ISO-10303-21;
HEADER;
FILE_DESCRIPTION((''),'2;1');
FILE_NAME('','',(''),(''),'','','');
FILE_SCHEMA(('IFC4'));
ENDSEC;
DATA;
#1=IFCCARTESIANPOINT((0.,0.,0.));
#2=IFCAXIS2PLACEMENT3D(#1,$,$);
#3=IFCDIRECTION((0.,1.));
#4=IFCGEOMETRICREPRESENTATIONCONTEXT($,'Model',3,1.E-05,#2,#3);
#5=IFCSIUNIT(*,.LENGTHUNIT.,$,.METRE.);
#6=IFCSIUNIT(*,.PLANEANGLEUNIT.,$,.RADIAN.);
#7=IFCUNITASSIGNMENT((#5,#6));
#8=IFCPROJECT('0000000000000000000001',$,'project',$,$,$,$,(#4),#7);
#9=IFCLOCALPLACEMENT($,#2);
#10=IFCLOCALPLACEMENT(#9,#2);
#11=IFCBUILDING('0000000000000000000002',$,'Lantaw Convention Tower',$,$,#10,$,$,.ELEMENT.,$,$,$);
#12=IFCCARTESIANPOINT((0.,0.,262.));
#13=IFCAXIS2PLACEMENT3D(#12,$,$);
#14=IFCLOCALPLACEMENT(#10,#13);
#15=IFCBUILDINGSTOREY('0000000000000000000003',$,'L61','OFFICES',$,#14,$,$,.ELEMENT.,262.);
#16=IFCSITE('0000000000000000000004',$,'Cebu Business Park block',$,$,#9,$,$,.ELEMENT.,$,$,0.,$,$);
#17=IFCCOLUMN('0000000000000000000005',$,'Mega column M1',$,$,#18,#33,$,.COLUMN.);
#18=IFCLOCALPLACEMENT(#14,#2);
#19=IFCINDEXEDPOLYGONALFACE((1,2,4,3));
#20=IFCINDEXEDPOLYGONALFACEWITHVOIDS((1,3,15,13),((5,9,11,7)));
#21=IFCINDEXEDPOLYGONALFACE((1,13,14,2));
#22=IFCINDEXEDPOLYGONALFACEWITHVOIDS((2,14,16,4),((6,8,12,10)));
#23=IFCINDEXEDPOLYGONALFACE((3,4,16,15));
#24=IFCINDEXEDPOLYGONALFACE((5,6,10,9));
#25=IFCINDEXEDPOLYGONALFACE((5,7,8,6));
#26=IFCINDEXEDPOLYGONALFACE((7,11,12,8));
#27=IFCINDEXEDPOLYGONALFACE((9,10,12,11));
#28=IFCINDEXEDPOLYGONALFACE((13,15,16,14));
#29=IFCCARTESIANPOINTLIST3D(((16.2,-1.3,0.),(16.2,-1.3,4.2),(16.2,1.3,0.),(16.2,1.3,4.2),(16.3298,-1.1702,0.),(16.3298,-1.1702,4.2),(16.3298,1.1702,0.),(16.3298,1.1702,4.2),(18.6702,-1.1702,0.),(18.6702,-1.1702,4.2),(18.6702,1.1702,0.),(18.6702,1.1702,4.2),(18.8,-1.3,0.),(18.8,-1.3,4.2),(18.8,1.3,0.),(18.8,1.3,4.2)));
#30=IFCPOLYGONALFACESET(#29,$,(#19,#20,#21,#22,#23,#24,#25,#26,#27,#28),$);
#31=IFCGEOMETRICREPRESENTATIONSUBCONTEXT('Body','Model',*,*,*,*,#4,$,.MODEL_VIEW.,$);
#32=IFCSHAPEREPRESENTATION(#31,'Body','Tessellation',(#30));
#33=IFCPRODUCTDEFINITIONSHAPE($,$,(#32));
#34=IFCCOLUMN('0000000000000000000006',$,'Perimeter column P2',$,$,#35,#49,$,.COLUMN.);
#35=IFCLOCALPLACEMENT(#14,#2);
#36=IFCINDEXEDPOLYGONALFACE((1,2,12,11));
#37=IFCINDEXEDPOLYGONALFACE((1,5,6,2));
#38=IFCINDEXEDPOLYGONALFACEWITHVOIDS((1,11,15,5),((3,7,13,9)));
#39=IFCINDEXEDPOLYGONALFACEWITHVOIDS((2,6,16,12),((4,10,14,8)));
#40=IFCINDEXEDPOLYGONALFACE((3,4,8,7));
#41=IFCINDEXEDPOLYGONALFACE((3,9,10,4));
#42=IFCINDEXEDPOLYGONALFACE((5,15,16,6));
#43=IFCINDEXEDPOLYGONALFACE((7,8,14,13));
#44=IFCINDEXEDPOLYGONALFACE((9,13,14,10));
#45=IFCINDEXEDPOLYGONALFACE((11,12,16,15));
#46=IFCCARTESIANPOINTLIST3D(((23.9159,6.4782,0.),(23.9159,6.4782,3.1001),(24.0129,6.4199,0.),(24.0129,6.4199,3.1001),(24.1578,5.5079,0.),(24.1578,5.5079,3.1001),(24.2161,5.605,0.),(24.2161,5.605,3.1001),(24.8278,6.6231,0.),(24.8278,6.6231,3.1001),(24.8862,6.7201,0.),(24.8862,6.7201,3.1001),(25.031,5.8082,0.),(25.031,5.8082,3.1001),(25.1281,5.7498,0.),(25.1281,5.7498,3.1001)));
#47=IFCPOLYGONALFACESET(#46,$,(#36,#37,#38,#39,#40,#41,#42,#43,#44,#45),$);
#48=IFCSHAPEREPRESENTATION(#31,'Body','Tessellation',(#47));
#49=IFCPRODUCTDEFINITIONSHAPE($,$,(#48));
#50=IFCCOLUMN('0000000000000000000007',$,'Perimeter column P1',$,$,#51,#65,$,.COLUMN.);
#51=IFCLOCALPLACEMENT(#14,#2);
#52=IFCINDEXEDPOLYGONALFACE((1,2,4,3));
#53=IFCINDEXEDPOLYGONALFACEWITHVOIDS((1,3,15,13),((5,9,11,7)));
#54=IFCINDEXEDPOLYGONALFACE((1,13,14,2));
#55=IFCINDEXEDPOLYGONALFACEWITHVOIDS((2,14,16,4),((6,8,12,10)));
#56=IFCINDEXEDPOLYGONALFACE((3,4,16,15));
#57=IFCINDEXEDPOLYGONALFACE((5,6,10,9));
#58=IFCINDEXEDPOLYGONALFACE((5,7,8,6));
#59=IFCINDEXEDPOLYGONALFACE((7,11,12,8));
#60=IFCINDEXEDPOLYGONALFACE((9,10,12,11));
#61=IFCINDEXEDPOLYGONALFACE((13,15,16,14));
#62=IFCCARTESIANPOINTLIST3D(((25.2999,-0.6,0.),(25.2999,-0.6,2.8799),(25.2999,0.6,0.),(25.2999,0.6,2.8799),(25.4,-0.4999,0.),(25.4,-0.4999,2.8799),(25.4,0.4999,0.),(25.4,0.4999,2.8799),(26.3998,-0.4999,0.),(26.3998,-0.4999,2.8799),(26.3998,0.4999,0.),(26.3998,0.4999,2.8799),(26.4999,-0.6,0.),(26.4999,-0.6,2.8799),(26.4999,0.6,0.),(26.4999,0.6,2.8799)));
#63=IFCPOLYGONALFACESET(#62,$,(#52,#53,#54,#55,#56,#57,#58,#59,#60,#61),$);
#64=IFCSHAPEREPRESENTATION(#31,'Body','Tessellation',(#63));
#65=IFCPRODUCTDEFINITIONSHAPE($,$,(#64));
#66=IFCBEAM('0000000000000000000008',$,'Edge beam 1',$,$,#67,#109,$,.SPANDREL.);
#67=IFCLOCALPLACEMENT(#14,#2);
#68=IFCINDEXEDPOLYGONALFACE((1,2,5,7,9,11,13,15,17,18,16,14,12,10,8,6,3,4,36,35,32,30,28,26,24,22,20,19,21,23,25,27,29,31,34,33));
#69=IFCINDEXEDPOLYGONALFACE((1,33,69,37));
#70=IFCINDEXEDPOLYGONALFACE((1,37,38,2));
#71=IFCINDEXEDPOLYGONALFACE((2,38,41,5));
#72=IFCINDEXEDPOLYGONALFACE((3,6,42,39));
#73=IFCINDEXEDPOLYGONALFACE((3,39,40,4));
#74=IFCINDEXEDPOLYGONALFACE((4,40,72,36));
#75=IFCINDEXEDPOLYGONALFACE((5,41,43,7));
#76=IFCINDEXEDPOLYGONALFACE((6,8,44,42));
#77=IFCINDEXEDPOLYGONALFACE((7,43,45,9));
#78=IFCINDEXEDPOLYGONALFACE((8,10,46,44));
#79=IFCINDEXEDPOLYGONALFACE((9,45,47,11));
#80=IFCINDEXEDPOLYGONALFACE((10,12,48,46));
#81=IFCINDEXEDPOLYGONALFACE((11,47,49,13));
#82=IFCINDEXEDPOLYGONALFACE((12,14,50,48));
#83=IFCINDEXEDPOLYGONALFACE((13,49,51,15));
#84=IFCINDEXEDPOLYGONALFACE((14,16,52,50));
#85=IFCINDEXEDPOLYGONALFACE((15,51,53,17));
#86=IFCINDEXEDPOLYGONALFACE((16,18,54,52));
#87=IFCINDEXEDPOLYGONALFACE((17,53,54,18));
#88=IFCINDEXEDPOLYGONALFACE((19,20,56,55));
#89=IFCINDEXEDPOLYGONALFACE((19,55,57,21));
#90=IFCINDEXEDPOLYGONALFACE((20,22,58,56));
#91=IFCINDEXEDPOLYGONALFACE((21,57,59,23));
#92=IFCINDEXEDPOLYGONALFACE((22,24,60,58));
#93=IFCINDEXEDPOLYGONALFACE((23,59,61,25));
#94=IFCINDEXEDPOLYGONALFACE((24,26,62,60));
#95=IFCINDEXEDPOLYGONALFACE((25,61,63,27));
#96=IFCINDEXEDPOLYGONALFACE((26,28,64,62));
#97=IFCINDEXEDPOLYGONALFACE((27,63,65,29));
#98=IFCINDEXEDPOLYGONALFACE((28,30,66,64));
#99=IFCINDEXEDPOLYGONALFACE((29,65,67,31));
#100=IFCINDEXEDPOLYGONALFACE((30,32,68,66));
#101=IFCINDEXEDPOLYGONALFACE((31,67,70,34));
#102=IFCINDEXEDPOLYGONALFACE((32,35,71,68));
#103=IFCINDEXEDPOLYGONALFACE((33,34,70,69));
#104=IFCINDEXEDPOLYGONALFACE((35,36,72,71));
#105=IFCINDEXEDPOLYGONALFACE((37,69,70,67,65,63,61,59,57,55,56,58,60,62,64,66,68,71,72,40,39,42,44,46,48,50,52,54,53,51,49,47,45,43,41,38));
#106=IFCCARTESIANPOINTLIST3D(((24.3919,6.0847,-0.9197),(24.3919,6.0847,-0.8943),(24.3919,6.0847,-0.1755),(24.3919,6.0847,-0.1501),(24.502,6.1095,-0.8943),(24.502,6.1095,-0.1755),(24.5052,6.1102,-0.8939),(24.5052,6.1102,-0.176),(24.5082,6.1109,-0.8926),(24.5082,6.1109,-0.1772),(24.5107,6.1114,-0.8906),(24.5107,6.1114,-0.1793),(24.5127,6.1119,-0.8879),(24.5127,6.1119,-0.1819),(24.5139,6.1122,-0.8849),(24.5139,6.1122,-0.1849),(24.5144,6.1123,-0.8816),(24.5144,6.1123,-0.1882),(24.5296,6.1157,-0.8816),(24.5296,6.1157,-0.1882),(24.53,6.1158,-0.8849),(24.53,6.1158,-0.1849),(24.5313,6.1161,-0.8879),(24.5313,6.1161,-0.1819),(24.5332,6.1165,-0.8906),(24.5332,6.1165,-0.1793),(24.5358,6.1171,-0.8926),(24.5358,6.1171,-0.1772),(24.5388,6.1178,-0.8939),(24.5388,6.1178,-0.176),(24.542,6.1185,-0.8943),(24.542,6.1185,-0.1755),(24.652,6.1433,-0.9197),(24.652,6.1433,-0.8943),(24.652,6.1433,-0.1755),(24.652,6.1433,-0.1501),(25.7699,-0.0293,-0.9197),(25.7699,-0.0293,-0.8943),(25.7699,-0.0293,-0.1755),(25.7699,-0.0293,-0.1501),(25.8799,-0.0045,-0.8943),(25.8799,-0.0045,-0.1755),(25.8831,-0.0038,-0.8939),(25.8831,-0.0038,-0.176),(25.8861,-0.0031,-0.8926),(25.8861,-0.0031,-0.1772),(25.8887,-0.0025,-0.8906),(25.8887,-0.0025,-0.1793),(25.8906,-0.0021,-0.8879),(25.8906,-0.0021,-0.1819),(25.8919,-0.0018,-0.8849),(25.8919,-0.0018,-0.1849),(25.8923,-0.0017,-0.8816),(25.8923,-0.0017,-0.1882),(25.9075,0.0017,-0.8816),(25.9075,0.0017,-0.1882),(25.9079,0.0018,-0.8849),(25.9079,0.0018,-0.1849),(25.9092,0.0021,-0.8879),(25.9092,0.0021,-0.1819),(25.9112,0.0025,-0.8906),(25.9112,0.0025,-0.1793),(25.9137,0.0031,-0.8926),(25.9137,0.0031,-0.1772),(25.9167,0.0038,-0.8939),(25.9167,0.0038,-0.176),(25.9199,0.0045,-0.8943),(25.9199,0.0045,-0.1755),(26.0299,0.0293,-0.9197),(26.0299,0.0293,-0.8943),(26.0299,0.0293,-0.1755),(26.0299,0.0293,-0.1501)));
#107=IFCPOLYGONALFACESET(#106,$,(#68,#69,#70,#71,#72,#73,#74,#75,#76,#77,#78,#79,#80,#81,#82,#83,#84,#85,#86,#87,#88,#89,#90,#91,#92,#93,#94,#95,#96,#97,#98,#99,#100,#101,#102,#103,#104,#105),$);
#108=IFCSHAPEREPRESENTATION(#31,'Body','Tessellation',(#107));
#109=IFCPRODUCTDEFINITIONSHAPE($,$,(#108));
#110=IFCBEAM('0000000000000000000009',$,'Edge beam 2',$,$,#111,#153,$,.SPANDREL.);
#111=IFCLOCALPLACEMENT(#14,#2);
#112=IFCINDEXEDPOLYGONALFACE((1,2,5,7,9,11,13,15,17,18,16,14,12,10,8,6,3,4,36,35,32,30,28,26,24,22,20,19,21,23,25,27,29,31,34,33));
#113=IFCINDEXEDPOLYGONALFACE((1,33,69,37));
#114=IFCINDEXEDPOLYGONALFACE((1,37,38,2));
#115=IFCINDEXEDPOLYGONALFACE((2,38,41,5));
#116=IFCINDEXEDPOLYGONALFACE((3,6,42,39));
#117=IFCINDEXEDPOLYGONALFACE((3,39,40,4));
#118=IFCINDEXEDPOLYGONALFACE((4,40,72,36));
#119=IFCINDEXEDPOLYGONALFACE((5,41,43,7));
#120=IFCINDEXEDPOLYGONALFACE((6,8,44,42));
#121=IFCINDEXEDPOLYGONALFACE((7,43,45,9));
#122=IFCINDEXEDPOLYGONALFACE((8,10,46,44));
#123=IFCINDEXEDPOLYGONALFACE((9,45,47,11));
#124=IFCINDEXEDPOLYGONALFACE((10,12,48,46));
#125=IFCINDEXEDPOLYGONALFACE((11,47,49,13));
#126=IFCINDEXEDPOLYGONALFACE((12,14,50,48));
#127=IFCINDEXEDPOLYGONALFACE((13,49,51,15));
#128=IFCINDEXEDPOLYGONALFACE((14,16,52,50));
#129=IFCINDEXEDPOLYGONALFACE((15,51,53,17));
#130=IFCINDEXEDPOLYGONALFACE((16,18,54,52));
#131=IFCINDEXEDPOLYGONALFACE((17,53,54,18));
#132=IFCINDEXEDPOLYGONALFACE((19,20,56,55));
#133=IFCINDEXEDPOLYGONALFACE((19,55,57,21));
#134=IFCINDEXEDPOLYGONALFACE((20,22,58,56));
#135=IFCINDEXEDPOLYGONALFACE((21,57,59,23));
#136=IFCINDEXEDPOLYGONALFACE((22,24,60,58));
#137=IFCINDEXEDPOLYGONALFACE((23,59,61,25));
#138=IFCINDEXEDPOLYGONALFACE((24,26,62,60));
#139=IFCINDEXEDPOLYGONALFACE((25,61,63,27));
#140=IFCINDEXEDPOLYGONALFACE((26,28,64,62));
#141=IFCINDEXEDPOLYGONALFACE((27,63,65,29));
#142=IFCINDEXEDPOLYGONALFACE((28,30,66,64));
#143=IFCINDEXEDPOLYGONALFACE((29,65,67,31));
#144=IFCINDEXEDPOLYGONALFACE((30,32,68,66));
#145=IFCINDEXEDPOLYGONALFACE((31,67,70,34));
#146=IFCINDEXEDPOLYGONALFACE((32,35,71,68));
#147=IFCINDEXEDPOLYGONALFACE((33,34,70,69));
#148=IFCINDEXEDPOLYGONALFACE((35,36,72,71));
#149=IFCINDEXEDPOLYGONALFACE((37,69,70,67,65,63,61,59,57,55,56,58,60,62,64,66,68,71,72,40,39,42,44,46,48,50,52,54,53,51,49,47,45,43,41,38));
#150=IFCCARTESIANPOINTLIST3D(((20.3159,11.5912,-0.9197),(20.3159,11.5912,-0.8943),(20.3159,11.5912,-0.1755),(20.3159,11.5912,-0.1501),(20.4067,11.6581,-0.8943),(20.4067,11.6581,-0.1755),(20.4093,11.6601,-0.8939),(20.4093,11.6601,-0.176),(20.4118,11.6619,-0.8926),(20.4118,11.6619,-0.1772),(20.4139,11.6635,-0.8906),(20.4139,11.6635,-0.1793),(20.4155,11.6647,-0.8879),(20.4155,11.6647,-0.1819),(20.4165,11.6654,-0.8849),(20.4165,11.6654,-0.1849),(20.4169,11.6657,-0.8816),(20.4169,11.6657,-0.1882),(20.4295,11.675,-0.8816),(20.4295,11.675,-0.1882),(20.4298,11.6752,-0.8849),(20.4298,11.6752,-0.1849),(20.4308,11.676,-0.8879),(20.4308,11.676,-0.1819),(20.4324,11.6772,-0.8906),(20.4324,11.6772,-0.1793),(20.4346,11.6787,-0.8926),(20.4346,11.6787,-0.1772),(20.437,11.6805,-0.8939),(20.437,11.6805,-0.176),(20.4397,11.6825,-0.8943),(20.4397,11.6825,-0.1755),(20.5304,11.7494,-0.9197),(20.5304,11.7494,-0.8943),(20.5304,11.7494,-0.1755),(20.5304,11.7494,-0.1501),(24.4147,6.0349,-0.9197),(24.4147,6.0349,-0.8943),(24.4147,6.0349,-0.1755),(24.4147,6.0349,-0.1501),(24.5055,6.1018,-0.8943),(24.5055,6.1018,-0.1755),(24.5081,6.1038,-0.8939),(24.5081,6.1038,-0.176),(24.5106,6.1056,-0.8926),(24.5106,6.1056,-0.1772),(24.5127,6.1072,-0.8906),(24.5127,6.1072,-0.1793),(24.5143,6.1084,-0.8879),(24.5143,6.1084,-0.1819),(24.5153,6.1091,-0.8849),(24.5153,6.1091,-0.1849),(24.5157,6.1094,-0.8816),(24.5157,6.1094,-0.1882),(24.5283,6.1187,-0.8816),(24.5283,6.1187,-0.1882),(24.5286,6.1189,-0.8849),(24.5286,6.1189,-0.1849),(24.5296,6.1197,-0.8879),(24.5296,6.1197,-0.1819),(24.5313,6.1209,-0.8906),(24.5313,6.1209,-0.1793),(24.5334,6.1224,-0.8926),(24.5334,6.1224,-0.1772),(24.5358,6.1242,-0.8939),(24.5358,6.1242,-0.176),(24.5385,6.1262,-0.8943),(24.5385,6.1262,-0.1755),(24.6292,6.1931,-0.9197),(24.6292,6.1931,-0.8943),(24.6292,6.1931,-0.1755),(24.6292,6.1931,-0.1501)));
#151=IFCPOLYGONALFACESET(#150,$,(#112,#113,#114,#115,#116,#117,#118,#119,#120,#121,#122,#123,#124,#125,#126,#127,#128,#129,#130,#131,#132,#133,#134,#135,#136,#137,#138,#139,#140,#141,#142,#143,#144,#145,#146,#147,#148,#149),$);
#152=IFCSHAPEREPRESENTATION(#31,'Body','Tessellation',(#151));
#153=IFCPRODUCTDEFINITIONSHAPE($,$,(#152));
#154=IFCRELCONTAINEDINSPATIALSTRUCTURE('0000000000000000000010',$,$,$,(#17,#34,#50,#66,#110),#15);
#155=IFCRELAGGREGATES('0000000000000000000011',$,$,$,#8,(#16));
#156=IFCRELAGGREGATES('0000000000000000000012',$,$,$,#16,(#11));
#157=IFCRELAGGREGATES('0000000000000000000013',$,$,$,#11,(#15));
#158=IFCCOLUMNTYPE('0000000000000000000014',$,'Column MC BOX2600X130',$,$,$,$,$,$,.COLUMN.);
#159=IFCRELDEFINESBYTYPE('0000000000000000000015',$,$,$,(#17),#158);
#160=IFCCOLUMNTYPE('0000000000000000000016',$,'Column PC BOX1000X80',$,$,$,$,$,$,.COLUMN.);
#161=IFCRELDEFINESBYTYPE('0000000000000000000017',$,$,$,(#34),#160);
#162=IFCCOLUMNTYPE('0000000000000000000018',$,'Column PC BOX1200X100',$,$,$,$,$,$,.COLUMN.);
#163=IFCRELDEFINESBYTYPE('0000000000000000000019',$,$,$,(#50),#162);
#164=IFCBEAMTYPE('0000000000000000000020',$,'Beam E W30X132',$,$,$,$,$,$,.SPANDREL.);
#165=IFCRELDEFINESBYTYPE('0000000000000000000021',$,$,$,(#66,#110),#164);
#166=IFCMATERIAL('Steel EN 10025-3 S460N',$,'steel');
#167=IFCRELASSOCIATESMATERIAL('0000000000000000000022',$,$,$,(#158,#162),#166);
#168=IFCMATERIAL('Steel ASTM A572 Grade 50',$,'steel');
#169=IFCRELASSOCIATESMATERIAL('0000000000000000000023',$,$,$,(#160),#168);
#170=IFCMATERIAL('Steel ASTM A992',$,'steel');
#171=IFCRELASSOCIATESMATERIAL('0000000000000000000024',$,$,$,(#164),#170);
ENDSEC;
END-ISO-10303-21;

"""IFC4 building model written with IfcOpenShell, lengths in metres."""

from ifc_helpers import new_model, si_unit, direction, frame, origin, origin_2d, place, context, subcontext, project, spatial, rectangle, hollow_rectangle, i_section, extrude, material, material_profile, profile_set, type_object, element, save


model = new_model("IFC4")

# Units and contexts
model_context = context("Model", 3, precision=1e-05, world=origin(), true_north=direction((0.0, 1.0)))
body_context = subcontext(model_context, "Body", "Model", "MODEL_VIEW")
ifc_project = project(units=[si_unit("LENGTHUNIT", "METRE"), si_unit("PLANEANGLEUNIT", "RADIAN")], contexts=[model_context])

# Site, building, storey
site_placement = place(None, origin())
site = spatial("IfcSite", under=ifc_project, at=site_placement, Name="Cebu Business Park block", CompositionType="ELEMENT", RefElevation=0.0)
building_placement = place(site_placement, origin())
building = spatial("IfcBuilding", under=site, at=building_placement, Name="Lantaw Convention Tower", CompositionType="ELEMENT")
storey_placement = place(building_placement, frame((0.0, 0.0, 262.0)))
storey = spatial("IfcBuildingStorey", under=building, at=storey_placement, Name="L61", Description="OFFICES", CompositionType="ELEMENT", Elevation=262.0)

# Columns
ifc_material_1 = material(Name="Steel EN 10025-3 S460N", Category="steel")
ifc_material_profile_1 = material_profile(ifc_material_1, hollow_rectangle(XDim=2.6001, YDim=2.6001, WallThickness=0.1299, at=origin_2d()), Name="BOX2600X130")
ifc_material_2 = material(Name="Concrete C60/75", Category="concrete")
ifc_material_profile_2 = material_profile(ifc_material_2, rectangle(XDim=2.3401, YDim=2.3401, at=origin_2d()), Name="Concrete fill of BOX2600X130")
ifc_profile_set_1 = profile_set([ifc_material_profile_1, ifc_material_profile_2], Name="Steel EN 10025-3 S460N")
column_type_1 = type_object("IfcColumnType", Name="Column MC BOX2600X130", PredefinedType="COLUMN", material=ifc_profile_set_1)
column_1_placement = place(storey_placement, frame((17.5, 0.0, 0.0), z_axis=(0.0, 0.0, 1.0), x_axis=(1.0, 0.0, 0.0)))
element("IfcColumn", 1, at=column_1_placement, inside=storey, type_object=column_type_1, Name="Mega column M1", PredefinedType="COLUMN", context=body_context, shape_type="SweptSolid", body=[
    extrude(hollow_rectangle(XDim=2.6001, YDim=2.6001, WallThickness=0.1299, at=origin_2d()), origin(), (0.0, 0.0, 1.0), 4.2),
])
ifc_material_3 = material(Name="Steel ASTM A572 Grade 50", Category="steel")
ifc_material_profile_3 = material_profile(ifc_material_3, hollow_rectangle(XDim=1.0, YDim=1.0, WallThickness=0.0801, at=origin_2d()), Name="BOX1000X80")
ifc_material_profile_4 = material_profile(ifc_material_2, rectangle(XDim=0.8401, YDim=0.8401, at=origin_2d()), Name="Concrete fill of BOX1000X80")
ifc_profile_set_2 = profile_set([ifc_material_profile_3, ifc_material_profile_4], Name="Steel ASTM A572 Grade 50")
column_type_2 = type_object("IfcColumnType", Name="Column PC BOX1000X80", PredefinedType="COLUMN", material=ifc_profile_set_2)
column_2_placement = place(storey_placement, frame((24.522, 6.114, 0.0), z_axis=(0.0, 0.0, 1.0), x_axis=(0.970296, 0.241922, 0.0)))
element("IfcColumn", 2, at=column_2_placement, inside=storey, type_object=column_type_2, Name="Perimeter column P2", PredefinedType="COLUMN", context=body_context, shape_type="SweptSolid", body=[
    extrude(hollow_rectangle(XDim=1.0, YDim=1.0, WallThickness=0.0801, at=origin_2d()), origin(), (0.0, 0.0, 1.0), 3.1001),
])
ifc_material_profile_5 = material_profile(ifc_material_1, hollow_rectangle(XDim=1.2, YDim=1.2, WallThickness=0.1001, at=origin_2d()), Name="BOX1200X100")
ifc_material_profile_6 = material_profile(ifc_material_2, rectangle(XDim=1.0, YDim=1.0, at=origin_2d()), Name="Concrete fill of BOX1200X100")
ifc_profile_set_3 = profile_set([ifc_material_profile_5, ifc_material_profile_6], Name="Steel EN 10025-3 S460N")
column_type_3 = type_object("IfcColumnType", Name="Column PC BOX1200X100", PredefinedType="COLUMN", material=ifc_profile_set_3)
column_3_placement = place(storey_placement, frame((25.8999, 0.0, 0.0), z_axis=(0.0, 0.0, 1.0), x_axis=(1.0, 0.0, 0.0)))
element("IfcColumn", 3, at=column_3_placement, inside=storey, type_object=column_type_3, Name="Perimeter column P1", PredefinedType="COLUMN", context=body_context, shape_type="SweptSolid", body=[
    extrude(hollow_rectangle(XDim=1.2, YDim=1.2, WallThickness=0.1001, at=origin_2d()), origin(), (0.0, 0.0, 1.0), 2.8799),
])

# Beams
ifc_material_4 = material(Name="Steel ASTM A992", Category="steel")
ifc_material_profile_7 = material_profile(ifc_material_4, i_section(OverallWidth=0.2666, OverallDepth=0.7695, WebThickness=0.0156, FlangeThickness=0.0254, FilletRadius=0.0127, at=origin_2d()), Name="W30X132")
ifc_profile_set_4 = profile_set([ifc_material_profile_7], Name="Steel ASTM A992")
beam_type_1 = type_object("IfcBeamType", Name="Beam E W30X132", PredefinedType="SPANDREL", material=ifc_profile_set_4)
beam_1_placement = place(storey_placement, frame((25.8999, 0.0, -0.5349), z_axis=(-0.219858, 0.975532, 0.0), x_axis=(-0.975532, -0.219858, 0.0)))
element("IfcBeam", 4, at=beam_1_placement, inside=storey, type_object=beam_type_1, Name="Edge beam 1", PredefinedType="SPANDREL", context=body_context, shape_type="SweptSolid", body=[
    extrude(i_section(OverallWidth=0.2666, OverallDepth=0.7695, WebThickness=0.0156, FlangeThickness=0.0254, FilletRadius=0.0127, at=origin_2d()), origin(), (0.0, 0.0, 1.0), 6.2673),
])
beam_2_placement = place(storey_placement, frame((24.522, 6.114, -0.5349), z_axis=(-0.593639, 0.804731, 0.0), x_axis=(-0.804731, -0.593639, 0.0)))
element("IfcBeam", 5, at=beam_2_placement, inside=storey, type_object=beam_type_1, Name="Edge beam 2", PredefinedType="SPANDREL", context=body_context, shape_type="SweptSolid", body=[
    extrude(i_section(OverallWidth=0.2666, OverallDepth=0.7695, WebThickness=0.0156, FlangeThickness=0.0254, FilletRadius=0.0127, at=origin_2d()), origin(), (0.0, 0.0, 1.0), 6.9045),
])

save(model, "model.ifc")
